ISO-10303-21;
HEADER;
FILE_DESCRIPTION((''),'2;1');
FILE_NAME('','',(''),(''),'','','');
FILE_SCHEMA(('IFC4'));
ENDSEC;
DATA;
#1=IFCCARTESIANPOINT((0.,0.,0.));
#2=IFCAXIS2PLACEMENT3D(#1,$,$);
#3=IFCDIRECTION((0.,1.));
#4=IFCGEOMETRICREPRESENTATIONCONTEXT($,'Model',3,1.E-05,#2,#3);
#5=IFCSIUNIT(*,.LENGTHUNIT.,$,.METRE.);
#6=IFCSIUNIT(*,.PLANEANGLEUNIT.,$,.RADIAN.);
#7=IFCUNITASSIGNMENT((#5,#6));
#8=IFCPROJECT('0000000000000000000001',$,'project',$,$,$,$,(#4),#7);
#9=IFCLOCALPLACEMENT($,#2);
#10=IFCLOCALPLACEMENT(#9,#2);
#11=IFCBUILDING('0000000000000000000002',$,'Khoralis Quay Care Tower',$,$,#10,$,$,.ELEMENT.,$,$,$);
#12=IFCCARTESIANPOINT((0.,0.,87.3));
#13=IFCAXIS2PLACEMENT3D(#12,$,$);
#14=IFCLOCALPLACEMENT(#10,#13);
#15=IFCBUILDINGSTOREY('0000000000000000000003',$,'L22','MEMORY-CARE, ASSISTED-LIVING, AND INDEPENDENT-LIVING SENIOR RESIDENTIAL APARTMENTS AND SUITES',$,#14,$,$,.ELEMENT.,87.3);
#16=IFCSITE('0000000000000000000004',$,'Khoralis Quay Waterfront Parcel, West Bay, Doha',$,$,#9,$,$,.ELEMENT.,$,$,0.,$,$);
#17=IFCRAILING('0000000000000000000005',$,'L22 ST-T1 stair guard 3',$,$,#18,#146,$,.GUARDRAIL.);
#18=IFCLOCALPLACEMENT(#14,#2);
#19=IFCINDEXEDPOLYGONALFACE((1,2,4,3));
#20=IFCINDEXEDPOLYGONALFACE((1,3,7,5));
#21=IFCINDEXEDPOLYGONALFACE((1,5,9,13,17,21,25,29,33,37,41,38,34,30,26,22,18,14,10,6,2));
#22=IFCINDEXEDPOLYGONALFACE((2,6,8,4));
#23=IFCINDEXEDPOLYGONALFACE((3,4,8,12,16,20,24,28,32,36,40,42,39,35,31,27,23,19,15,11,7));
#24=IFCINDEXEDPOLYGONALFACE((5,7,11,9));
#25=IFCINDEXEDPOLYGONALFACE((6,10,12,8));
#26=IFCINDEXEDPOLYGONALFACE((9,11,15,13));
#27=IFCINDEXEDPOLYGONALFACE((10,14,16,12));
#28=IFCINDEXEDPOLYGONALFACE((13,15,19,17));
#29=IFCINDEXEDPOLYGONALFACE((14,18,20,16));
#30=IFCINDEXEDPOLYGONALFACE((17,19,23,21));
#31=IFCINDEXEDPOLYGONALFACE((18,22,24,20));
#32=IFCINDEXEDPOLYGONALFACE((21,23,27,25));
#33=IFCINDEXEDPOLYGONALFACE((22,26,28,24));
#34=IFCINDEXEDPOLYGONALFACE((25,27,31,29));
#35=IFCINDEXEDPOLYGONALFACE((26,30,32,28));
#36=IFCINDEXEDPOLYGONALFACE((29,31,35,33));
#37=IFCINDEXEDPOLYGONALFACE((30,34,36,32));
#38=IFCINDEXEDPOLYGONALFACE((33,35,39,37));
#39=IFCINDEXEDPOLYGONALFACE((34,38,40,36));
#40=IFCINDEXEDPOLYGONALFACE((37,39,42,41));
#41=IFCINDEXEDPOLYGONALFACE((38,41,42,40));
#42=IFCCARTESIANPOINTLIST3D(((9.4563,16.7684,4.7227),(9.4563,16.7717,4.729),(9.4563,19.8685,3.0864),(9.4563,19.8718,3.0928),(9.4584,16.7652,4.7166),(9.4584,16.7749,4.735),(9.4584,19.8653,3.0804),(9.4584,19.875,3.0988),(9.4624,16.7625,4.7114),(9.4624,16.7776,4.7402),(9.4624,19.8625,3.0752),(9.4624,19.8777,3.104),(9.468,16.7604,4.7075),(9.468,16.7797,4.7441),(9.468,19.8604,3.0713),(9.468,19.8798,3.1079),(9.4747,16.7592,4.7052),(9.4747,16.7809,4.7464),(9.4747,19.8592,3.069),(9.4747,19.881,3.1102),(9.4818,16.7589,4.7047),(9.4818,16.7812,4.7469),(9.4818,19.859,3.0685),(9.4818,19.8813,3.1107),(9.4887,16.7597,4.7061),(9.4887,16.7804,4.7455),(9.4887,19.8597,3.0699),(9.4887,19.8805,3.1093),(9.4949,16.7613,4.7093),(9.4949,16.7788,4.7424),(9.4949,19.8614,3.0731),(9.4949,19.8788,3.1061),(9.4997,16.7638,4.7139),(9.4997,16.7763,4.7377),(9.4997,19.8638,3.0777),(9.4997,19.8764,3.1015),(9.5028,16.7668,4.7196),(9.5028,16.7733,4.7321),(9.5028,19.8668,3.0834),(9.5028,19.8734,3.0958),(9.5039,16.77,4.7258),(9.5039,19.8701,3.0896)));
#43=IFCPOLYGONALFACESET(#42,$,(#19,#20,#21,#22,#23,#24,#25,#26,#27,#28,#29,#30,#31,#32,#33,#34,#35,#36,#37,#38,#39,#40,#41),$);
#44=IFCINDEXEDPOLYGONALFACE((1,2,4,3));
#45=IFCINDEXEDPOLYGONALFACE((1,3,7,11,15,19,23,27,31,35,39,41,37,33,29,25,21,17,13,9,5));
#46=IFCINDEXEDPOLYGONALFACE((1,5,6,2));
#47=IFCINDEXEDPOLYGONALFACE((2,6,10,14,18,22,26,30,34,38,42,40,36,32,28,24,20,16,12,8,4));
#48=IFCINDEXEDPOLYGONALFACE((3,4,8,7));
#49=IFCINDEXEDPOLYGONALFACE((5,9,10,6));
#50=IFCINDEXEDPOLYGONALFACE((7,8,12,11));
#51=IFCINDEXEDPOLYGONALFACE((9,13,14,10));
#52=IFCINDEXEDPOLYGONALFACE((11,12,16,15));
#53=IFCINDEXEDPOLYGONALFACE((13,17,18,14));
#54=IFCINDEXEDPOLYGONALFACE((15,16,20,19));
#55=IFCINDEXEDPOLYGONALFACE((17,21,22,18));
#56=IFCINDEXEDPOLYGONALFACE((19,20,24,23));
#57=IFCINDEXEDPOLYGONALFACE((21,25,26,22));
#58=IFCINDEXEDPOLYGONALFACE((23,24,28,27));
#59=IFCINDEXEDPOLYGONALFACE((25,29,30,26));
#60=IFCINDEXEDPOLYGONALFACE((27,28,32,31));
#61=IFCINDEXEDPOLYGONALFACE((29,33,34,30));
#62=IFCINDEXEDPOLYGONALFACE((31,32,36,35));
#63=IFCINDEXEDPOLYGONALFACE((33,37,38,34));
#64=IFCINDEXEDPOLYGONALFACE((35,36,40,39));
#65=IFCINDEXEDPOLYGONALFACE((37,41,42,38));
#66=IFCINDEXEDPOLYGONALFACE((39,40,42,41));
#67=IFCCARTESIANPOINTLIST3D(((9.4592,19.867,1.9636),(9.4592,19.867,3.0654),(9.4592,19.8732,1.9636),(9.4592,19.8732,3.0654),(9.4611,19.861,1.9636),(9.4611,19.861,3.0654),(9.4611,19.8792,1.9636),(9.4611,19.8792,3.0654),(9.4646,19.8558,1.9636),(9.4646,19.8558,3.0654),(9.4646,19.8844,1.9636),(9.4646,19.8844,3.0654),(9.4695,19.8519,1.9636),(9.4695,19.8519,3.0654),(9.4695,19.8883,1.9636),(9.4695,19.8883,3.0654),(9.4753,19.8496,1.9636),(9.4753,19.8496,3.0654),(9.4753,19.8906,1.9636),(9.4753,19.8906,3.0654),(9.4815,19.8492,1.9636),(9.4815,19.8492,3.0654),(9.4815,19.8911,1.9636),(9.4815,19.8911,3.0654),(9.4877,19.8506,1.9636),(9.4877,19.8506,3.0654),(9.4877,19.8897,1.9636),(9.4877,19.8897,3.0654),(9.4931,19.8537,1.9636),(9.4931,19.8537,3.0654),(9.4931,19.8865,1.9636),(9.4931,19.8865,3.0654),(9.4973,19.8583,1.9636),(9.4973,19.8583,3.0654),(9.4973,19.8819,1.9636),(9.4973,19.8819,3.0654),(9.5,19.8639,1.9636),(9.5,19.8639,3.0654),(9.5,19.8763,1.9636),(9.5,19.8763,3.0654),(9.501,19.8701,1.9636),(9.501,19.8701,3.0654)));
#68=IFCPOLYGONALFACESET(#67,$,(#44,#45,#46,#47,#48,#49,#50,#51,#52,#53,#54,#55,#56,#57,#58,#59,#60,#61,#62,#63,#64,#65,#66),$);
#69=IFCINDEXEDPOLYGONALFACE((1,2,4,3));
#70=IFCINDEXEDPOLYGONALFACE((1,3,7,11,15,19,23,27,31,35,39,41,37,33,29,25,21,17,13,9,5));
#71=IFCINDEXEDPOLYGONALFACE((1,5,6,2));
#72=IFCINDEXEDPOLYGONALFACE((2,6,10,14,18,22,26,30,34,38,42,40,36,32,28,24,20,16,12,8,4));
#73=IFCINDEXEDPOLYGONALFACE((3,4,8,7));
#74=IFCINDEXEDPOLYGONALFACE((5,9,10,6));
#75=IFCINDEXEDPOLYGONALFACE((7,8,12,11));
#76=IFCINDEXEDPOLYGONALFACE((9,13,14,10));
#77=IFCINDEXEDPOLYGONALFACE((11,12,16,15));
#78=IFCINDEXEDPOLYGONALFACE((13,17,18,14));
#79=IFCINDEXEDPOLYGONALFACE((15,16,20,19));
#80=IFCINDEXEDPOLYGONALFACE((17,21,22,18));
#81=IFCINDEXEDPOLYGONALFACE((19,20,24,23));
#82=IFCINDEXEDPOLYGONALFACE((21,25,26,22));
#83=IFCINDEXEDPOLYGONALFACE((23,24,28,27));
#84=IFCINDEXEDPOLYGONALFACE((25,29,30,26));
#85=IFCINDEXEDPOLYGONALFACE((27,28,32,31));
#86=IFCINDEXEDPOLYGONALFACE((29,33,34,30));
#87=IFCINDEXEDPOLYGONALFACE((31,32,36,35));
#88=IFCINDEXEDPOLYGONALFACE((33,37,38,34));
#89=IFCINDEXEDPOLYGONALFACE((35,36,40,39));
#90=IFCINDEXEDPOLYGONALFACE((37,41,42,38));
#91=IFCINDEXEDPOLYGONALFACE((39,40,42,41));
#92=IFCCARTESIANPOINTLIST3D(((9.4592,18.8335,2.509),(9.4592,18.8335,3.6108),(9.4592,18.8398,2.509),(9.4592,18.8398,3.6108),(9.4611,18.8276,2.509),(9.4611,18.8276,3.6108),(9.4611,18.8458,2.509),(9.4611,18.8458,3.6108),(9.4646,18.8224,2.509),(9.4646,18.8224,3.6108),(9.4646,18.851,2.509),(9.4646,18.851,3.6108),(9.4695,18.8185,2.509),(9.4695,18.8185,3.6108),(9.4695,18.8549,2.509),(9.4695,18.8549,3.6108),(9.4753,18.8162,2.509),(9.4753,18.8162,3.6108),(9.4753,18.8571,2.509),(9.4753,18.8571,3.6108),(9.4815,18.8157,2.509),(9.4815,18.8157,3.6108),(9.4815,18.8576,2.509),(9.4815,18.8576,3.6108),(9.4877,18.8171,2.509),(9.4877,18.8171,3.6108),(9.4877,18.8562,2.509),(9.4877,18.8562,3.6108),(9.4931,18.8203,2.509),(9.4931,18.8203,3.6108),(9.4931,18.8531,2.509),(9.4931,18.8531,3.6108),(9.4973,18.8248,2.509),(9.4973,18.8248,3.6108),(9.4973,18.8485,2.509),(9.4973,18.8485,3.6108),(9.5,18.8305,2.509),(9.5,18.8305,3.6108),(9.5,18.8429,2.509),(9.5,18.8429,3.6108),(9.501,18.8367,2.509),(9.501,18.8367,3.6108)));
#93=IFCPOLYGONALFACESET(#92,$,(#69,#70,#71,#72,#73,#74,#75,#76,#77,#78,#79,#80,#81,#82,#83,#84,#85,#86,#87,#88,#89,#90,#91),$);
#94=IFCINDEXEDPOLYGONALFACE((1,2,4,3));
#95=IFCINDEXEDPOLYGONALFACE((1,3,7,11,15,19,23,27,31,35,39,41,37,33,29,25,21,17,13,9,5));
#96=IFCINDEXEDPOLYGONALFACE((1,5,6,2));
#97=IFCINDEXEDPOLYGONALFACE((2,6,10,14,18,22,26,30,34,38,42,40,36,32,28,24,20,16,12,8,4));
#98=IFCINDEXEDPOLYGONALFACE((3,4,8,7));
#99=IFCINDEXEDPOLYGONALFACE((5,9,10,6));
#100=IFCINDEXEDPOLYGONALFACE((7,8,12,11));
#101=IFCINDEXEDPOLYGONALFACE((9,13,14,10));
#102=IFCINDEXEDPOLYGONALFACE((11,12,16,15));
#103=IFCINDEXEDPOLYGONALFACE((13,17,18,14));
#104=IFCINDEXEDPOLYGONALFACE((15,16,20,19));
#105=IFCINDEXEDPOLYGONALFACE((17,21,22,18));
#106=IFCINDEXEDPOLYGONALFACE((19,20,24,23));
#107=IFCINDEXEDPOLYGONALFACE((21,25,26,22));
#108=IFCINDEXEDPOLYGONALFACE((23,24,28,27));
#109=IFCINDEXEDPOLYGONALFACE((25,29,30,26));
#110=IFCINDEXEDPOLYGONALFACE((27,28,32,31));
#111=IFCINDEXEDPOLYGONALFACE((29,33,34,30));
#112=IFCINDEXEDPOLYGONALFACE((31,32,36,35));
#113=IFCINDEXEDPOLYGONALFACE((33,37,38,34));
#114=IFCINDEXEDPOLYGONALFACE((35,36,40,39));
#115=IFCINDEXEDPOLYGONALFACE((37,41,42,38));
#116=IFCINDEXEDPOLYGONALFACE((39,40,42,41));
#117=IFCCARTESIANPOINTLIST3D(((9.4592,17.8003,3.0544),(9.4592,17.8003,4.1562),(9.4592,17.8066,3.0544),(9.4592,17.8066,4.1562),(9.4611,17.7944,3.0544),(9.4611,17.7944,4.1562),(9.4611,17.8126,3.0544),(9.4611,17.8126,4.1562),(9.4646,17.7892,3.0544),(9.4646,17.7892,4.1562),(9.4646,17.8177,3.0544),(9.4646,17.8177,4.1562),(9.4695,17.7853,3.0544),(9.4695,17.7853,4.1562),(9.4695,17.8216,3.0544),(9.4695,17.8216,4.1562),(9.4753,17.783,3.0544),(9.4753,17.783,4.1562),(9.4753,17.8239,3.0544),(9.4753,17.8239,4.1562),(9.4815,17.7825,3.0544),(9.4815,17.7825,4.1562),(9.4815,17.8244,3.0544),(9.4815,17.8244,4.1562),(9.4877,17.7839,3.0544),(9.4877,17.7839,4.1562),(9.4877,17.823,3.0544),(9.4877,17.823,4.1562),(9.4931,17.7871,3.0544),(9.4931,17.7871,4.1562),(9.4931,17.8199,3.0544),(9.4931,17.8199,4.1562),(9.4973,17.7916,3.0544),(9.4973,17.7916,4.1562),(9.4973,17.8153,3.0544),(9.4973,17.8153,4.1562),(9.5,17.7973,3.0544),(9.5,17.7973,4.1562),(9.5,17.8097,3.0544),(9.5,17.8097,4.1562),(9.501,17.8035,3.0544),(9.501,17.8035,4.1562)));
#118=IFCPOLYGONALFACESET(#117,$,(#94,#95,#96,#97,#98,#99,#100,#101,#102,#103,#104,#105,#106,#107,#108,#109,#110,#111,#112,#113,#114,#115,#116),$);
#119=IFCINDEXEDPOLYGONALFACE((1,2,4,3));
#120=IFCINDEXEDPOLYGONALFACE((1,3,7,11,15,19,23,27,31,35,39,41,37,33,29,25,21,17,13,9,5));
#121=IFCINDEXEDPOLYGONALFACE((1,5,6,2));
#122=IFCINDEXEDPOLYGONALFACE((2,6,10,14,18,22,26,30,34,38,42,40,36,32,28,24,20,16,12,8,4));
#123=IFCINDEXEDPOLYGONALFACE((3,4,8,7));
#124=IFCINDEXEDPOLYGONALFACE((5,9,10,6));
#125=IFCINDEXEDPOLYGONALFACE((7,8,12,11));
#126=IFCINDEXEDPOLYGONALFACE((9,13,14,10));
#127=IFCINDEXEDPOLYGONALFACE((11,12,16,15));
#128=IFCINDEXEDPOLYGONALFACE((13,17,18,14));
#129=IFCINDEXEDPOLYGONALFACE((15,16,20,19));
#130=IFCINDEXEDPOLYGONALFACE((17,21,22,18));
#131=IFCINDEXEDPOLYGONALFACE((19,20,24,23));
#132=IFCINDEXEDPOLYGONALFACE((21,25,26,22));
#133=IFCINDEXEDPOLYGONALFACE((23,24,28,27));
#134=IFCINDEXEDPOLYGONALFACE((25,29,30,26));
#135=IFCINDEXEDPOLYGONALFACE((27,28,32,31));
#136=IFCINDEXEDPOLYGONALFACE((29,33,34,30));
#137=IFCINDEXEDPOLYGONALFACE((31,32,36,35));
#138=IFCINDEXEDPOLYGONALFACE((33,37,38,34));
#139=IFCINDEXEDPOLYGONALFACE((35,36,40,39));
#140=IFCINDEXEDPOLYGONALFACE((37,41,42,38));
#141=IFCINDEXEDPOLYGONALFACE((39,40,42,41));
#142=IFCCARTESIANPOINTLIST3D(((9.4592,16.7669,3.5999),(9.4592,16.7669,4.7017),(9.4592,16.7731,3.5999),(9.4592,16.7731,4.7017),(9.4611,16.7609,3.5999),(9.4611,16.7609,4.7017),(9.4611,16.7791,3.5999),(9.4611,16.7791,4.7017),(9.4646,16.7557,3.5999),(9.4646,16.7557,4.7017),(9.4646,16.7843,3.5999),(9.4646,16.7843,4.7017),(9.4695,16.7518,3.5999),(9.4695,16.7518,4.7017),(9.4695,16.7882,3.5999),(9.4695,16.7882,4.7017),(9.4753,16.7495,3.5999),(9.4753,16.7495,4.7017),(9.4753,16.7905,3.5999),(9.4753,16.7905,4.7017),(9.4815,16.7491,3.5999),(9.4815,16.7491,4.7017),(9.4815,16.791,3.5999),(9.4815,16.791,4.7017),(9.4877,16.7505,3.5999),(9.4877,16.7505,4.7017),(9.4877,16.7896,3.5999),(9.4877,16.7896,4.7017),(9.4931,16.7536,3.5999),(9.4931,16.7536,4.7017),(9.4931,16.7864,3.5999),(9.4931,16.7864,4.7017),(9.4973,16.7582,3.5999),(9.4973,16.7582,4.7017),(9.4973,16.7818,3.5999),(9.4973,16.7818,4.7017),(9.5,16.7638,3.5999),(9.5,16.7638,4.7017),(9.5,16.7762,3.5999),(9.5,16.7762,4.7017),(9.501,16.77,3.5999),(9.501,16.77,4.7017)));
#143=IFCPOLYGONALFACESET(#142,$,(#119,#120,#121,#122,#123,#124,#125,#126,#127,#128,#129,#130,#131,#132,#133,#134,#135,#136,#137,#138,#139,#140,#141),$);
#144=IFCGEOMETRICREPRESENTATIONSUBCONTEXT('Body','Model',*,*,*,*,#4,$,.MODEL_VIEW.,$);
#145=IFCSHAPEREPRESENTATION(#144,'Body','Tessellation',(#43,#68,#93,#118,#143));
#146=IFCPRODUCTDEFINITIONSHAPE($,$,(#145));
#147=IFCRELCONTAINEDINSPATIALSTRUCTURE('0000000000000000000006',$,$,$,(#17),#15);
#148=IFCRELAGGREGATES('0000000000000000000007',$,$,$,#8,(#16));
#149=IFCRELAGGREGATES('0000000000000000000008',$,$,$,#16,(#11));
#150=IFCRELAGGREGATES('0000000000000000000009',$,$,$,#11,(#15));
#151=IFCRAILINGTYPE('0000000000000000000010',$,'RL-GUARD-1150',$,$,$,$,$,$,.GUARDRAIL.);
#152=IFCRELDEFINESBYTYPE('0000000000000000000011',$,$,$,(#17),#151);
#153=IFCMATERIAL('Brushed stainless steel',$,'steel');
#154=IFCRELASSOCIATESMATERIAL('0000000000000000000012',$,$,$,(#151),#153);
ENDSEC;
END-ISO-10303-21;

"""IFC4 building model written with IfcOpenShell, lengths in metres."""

from ifc_helpers import new_model, si_unit, direction, frame, origin, origin_2d, place, context, subcontext, project, spatial, circle, extrude, material, type_object, element, save


model = new_model("IFC4")

# Units and contexts
model_context = context("Model", 3, precision=1e-05, world=origin(), true_north=direction((0.0, 1.0)))
body_context = subcontext(model_context, "Body", "Model", "MODEL_VIEW")
ifc_project = project(units=[si_unit("LENGTHUNIT", "METRE"), si_unit("PLANEANGLEUNIT", "RADIAN")], contexts=[model_context])

# Site, building, storey
site_placement = place(None, origin())
site = spatial("IfcSite", under=ifc_project, at=site_placement, Name="Khoralis Quay Waterfront Parcel, West Bay, Doha", CompositionType="ELEMENT", RefElevation=0.0)
building_placement = place(site_placement, origin())
building = spatial("IfcBuilding", under=site, at=building_placement, Name="Khoralis Quay Care Tower", CompositionType="ELEMENT")
storey_placement = place(building_placement, frame((0.0, 0.0, 87.3)))
storey = spatial("IfcBuildingStorey", under=building, at=storey_placement, Name="L22", Description="MEMORY-CARE, ASSISTED-LIVING, AND INDEPENDENT-LIVING SENIOR RESIDENTIAL APARTMENTS AND SUITES", CompositionType="ELEMENT", Elevation=87.3)

# Shared definitions
ifc_material_1 = material(Name="Brushed stainless steel", Category="steel")

# Railing
railing_type_1 = type_object("IfcRailingType", Name="RL-GUARD-1150", PredefinedType="GUARDRAIL", material=ifc_material_1)
railing_1_placement = place(storey_placement, frame((9.48, 19.8701, 1.9636)))
element("IfcRailing", 1, at=railing_1_placement, inside=storey, type_object=railing_type_1, Name="L22 ST-T1 stair guard 3", PredefinedType="GUARDRAIL", context=body_context, shape_type="SweptSolid", body=[
    extrude(circle(Radius=0.0239, at=origin_2d()), frame((0.0, 0.0, 1.126), z_axis=(0.0, -0.884377, 0.466774), x_axis=(1.0, 0.0, 0.0)), (0.0, 0.0, 1.0), 3.5054),
    extrude(circle(Radius=0.021, at=origin_2d()), origin(), (0.0, 0.0, 1.0), 1.1018),
    extrude(circle(Radius=0.021, at=origin_2d()), frame((0.0, -1.0334, 0.5454)), (0.0, 0.0, 1.0), 1.1018),
    extrude(circle(Radius=0.021, at=origin_2d()), frame((0.0, -2.0667, 1.0908)), (0.0, 0.0, 1.0), 1.1018),
    extrude(circle(Radius=0.021, at=origin_2d()), frame((0.0, -3.1001, 1.6362)), (0.0, 0.0, 1.0), 1.1018),
])

save(model, "model.ifc")
